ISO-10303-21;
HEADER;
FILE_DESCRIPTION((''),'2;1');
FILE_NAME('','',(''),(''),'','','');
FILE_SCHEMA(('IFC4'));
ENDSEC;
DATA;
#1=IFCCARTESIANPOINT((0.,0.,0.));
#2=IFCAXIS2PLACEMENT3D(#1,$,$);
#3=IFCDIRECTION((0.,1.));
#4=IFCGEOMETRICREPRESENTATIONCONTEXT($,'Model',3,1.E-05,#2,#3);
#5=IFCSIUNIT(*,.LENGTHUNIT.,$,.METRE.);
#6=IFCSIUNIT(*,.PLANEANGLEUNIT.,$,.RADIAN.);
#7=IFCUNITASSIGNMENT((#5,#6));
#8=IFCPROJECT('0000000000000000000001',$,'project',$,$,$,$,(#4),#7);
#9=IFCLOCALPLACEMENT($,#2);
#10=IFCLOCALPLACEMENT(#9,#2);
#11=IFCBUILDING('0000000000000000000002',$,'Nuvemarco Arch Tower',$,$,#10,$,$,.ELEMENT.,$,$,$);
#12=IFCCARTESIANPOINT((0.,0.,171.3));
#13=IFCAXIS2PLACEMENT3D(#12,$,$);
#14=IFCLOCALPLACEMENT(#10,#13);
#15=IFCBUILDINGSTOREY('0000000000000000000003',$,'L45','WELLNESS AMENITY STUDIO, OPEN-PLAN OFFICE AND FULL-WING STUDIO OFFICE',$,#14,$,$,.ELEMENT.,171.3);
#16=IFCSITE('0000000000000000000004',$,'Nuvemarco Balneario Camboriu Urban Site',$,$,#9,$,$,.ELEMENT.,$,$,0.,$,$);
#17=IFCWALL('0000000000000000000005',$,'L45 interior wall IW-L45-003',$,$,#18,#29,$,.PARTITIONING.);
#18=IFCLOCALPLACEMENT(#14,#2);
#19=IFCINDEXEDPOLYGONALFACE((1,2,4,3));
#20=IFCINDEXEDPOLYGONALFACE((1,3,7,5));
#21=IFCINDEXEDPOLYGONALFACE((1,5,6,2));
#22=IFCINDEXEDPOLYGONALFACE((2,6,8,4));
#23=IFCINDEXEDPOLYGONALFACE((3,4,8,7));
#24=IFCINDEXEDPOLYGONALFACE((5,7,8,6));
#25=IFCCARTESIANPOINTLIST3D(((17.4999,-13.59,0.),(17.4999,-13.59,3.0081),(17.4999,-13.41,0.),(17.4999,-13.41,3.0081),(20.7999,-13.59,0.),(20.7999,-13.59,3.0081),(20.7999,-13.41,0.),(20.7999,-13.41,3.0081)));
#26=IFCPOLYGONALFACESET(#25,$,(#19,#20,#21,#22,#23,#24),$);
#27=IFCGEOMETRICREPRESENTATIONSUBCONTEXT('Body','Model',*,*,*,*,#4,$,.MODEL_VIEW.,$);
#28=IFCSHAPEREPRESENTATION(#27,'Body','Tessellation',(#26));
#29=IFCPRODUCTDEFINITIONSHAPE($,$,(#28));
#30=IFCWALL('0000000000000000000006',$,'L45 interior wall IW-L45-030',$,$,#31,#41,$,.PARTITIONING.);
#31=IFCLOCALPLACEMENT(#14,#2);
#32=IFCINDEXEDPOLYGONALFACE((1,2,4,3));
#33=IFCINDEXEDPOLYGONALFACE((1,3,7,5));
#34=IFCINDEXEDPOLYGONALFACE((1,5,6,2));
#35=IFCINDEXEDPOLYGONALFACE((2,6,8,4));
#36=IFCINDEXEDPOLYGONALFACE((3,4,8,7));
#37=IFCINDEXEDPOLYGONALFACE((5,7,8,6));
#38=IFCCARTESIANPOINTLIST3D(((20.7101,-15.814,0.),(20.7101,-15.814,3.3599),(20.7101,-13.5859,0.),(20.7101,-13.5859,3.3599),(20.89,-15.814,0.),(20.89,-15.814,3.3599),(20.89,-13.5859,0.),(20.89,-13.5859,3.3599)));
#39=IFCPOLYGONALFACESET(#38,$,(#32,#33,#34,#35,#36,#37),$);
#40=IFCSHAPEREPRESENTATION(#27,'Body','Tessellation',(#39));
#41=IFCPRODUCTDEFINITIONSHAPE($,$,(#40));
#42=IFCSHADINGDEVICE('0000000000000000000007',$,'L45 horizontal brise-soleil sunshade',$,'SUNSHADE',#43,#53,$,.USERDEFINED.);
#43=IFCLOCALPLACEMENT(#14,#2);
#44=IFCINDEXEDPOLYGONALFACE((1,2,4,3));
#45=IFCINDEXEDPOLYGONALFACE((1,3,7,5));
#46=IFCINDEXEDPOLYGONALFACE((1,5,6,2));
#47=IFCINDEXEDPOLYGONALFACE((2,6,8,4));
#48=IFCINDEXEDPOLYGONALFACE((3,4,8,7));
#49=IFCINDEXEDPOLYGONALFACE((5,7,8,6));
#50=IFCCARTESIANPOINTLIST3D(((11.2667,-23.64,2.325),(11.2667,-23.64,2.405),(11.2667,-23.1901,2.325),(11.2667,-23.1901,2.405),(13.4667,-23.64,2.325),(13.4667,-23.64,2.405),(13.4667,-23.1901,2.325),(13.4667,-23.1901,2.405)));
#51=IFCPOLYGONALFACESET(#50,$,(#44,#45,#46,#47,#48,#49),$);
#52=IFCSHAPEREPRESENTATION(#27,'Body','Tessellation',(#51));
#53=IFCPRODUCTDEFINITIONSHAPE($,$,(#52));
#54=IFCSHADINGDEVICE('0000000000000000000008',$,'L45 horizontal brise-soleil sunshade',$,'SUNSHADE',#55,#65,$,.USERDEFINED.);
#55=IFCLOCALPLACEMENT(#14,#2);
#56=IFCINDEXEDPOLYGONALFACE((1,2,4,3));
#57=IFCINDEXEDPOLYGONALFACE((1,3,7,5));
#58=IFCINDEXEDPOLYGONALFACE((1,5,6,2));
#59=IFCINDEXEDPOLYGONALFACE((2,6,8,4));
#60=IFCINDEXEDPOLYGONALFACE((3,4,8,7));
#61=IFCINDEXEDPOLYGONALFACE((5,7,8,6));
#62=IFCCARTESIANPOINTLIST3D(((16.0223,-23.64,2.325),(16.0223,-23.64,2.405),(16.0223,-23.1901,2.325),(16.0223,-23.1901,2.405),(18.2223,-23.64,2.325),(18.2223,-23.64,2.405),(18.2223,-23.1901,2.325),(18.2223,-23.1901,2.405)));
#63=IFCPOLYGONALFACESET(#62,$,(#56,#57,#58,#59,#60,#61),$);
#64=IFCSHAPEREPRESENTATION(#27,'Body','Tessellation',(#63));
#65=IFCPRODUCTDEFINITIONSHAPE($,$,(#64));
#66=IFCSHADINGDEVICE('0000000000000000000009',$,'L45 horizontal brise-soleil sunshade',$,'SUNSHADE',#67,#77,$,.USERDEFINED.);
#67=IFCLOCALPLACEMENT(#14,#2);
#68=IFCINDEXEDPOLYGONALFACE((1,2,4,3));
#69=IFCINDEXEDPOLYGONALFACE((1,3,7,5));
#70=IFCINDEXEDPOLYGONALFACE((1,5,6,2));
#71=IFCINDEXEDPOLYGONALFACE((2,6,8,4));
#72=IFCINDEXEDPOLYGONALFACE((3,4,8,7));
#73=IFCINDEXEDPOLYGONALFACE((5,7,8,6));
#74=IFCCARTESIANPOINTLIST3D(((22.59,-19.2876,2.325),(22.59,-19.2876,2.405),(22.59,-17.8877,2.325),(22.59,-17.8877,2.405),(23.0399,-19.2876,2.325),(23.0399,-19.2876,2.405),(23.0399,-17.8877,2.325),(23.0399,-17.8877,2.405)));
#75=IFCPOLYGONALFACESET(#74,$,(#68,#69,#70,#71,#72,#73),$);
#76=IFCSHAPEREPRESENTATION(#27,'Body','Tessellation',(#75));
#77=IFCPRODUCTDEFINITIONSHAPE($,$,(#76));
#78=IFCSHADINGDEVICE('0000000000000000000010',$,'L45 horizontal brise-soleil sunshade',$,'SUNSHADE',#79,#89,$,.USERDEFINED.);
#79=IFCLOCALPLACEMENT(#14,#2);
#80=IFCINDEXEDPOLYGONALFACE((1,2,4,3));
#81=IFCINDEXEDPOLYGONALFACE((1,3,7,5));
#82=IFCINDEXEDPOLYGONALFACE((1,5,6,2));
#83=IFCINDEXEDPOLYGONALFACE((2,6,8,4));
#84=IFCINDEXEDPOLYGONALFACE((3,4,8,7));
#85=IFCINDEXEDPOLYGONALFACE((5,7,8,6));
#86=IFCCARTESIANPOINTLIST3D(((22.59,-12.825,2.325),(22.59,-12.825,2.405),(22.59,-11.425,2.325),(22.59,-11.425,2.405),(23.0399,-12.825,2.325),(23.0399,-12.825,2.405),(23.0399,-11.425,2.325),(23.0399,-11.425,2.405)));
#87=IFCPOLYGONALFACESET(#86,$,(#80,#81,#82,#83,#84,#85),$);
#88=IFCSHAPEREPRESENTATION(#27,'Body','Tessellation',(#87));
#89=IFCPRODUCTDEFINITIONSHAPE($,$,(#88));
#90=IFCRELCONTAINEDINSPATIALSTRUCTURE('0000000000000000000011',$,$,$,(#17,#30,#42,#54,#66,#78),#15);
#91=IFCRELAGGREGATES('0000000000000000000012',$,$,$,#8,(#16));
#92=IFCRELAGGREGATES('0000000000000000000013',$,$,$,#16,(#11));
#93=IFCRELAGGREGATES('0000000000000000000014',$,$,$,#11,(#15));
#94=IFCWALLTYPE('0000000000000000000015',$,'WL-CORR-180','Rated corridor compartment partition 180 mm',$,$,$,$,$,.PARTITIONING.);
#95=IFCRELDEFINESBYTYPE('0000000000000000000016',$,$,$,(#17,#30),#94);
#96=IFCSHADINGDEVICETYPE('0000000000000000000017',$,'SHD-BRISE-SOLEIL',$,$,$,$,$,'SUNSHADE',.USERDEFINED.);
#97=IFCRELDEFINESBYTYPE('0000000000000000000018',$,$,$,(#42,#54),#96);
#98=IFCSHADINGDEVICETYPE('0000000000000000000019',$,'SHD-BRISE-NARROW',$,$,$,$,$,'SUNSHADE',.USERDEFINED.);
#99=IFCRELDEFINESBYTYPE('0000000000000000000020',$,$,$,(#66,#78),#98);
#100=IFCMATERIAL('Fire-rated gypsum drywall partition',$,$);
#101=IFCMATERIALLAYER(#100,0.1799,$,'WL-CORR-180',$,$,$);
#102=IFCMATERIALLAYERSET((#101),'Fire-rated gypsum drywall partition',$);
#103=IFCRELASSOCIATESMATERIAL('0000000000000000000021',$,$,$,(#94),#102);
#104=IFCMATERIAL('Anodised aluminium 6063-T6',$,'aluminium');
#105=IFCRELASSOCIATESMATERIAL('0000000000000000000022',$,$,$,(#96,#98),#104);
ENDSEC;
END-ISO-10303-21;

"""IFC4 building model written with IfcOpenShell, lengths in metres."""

from ifc_helpers import new_model, si_unit, direction, frame, frame_2d, origin, origin_2d, place, context, subcontext, project, spatial, rectangle, extrude, source, transform, mapped, material, layer, layer_set, type_object, type_shapes, element, save


model = new_model("IFC4")

# Units and contexts
model_context = context("Model", 3, precision=1e-05, world=origin(), true_north=direction((0.0, 1.0)))
body_context = subcontext(model_context, "Body", "Model", "MODEL_VIEW")
ifc_project = project(units=[si_unit("LENGTHUNIT", "METRE"), si_unit("PLANEANGLEUNIT", "RADIAN")], contexts=[model_context])

# Site, building, storey
site_placement = place(None, origin())
site = spatial("IfcSite", under=ifc_project, at=site_placement, Name="Nuvemarco Balneario Camboriu Urban Site", CompositionType="ELEMENT", RefElevation=0.0)
building_placement = place(site_placement, origin())
building = spatial("IfcBuilding", under=site, at=building_placement, Name="Nuvemarco Arch Tower", CompositionType="ELEMENT")
storey_placement = place(building_placement, frame((0.0, 0.0, 171.3)))
storey = spatial("IfcBuildingStorey", under=building, at=storey_placement, Name="L45", Description="WELLNESS AMENITY STUDIO, OPEN-PLAN OFFICE AND FULL-WING STUDIO OFFICE", CompositionType="ELEMENT", Elevation=171.3)

# Walls
ifc_material_1 = material(Name="Fire-rated gypsum drywall partition")
ifc_layer_1 = layer(ifc_material_1, 0.1799, Name="WL-CORR-180")
ifc_layer_set_1 = layer_set([ifc_layer_1], Name="Fire-rated gypsum drywall partition")
wall_type_1 = type_object("IfcWallType", Name="WL-CORR-180", Description="Rated corridor compartment partition 180 mm", PredefinedType="PARTITIONING", material=ifc_layer_set_1)
wall_1_placement = place(storey_placement, frame((17.5, -13.5, 0.0), z_axis=(0.0, 0.0, 1.0), x_axis=(1.0, 0.0, 0.0)))
element("IfcWall", 1, at=wall_1_placement, inside=storey, type_object=wall_type_1, Name="L45 interior wall IW-L45-003", PredefinedType="PARTITIONING", context=body_context, shape_type="SweptSolid", body=[
    extrude(rectangle(XDim=3.3, YDim=0.1799, at=frame_2d((1.6499, 0.0))), origin(), (0.0, 0.0, 1.0), 3.0081),
])
wall_2_placement = place(storey_placement, frame((20.8, -15.814, 0.0), z_axis=(0.0, 0.0, 1.0), x_axis=(0.0, 1.0, 0.0)))
element("IfcWall", 2, at=wall_2_placement, inside=storey, type_object=wall_type_1, Name="L45 interior wall IW-L45-030", PredefinedType="PARTITIONING", context=body_context, shape_type="SweptSolid", body=[
    extrude(rectangle(XDim=2.228, YDim=0.1799, at=frame_2d((1.114, 0.0))), origin(), (0.0, 0.0, 1.0), 3.3599),
])

# Shading devices
ifc_material_2 = material(Name="Anodised aluminium 6063-T6", Category="aluminium")
shading_device_type_1 = type_object("IfcShadingDeviceType", Name="SHD-BRISE-SOLEIL", ElementType="SUNSHADE", PredefinedType="USERDEFINED", material=ifc_material_2)
shared_shape_1 = source(origin(), body_context, "Body", "SweptSolid", [
    extrude(rectangle(XDim=2.2, YDim=0.45, at=origin_2d()), origin(), (0.0, 0.0, 1.0), 0.0801),
])
type_shapes(shading_device_type_1, [shared_shape_1])
for number, where, z_axis, x_axis, name in (
    (3, (12.3667, -23.415, 2.325), (0.0, 0.0, 1.0), (1.0, 0.0, 0.0), "L45 horizontal brise-soleil sunshade"),
    (4, (17.1223, -23.415, 2.325), (0.0, 0.0, 1.0), (1.0, 0.0, 0.0), "L45 horizontal brise-soleil sunshade"),
):
    element("IfcShadingDevice", number, at=place(storey_placement, frame(where, z_axis=z_axis, x_axis=x_axis)), inside=storey, type_object=shading_device_type_1, Name=name, ObjectType="SUNSHADE", PredefinedType="USERDEFINED", context=body_context, shape_type="MappedRepresentation", body=[
        mapped(shared_shape_1, transform((0.0, 0.0, 0.0), scale=1.0)),
    ])
shading_device_type_2 = type_object("IfcShadingDeviceType", Name="SHD-BRISE-NARROW", ElementType="SUNSHADE", PredefinedType="USERDEFINED", material=ifc_material_2)
shared_shape_2 = source(origin(), body_context, "Body", "SweptSolid", [
    extrude(rectangle(XDim=1.3999, YDim=0.45, at=origin_2d()), origin(), (0.0, 0.0, 1.0), 0.0801),
])
type_shapes(shading_device_type_2, [shared_shape_2])
for number, where, z_axis, x_axis, name in (
    (5, (22.8149, -18.5876, 2.325), (0.0, 0.0, 1.0), (0.0, 1.0, 0.0), "L45 horizontal brise-soleil sunshade"),
    (6, (22.8149, -12.125, 2.325), (0.0, 0.0, 1.0), (0.0, 1.0, 0.0), "L45 horizontal brise-soleil sunshade"),
):
    element("IfcShadingDevice", number, at=place(storey_placement, frame(where, z_axis=z_axis, x_axis=x_axis)), inside=storey, type_object=shading_device_type_2, Name=name, ObjectType="SUNSHADE", PredefinedType="USERDEFINED", context=body_context, shape_type="MappedRepresentation", body=[
        mapped(shared_shape_2, transform((0.0, 0.0, 0.0), scale=1.0)),
    ])

save(model, "model.ifc")
